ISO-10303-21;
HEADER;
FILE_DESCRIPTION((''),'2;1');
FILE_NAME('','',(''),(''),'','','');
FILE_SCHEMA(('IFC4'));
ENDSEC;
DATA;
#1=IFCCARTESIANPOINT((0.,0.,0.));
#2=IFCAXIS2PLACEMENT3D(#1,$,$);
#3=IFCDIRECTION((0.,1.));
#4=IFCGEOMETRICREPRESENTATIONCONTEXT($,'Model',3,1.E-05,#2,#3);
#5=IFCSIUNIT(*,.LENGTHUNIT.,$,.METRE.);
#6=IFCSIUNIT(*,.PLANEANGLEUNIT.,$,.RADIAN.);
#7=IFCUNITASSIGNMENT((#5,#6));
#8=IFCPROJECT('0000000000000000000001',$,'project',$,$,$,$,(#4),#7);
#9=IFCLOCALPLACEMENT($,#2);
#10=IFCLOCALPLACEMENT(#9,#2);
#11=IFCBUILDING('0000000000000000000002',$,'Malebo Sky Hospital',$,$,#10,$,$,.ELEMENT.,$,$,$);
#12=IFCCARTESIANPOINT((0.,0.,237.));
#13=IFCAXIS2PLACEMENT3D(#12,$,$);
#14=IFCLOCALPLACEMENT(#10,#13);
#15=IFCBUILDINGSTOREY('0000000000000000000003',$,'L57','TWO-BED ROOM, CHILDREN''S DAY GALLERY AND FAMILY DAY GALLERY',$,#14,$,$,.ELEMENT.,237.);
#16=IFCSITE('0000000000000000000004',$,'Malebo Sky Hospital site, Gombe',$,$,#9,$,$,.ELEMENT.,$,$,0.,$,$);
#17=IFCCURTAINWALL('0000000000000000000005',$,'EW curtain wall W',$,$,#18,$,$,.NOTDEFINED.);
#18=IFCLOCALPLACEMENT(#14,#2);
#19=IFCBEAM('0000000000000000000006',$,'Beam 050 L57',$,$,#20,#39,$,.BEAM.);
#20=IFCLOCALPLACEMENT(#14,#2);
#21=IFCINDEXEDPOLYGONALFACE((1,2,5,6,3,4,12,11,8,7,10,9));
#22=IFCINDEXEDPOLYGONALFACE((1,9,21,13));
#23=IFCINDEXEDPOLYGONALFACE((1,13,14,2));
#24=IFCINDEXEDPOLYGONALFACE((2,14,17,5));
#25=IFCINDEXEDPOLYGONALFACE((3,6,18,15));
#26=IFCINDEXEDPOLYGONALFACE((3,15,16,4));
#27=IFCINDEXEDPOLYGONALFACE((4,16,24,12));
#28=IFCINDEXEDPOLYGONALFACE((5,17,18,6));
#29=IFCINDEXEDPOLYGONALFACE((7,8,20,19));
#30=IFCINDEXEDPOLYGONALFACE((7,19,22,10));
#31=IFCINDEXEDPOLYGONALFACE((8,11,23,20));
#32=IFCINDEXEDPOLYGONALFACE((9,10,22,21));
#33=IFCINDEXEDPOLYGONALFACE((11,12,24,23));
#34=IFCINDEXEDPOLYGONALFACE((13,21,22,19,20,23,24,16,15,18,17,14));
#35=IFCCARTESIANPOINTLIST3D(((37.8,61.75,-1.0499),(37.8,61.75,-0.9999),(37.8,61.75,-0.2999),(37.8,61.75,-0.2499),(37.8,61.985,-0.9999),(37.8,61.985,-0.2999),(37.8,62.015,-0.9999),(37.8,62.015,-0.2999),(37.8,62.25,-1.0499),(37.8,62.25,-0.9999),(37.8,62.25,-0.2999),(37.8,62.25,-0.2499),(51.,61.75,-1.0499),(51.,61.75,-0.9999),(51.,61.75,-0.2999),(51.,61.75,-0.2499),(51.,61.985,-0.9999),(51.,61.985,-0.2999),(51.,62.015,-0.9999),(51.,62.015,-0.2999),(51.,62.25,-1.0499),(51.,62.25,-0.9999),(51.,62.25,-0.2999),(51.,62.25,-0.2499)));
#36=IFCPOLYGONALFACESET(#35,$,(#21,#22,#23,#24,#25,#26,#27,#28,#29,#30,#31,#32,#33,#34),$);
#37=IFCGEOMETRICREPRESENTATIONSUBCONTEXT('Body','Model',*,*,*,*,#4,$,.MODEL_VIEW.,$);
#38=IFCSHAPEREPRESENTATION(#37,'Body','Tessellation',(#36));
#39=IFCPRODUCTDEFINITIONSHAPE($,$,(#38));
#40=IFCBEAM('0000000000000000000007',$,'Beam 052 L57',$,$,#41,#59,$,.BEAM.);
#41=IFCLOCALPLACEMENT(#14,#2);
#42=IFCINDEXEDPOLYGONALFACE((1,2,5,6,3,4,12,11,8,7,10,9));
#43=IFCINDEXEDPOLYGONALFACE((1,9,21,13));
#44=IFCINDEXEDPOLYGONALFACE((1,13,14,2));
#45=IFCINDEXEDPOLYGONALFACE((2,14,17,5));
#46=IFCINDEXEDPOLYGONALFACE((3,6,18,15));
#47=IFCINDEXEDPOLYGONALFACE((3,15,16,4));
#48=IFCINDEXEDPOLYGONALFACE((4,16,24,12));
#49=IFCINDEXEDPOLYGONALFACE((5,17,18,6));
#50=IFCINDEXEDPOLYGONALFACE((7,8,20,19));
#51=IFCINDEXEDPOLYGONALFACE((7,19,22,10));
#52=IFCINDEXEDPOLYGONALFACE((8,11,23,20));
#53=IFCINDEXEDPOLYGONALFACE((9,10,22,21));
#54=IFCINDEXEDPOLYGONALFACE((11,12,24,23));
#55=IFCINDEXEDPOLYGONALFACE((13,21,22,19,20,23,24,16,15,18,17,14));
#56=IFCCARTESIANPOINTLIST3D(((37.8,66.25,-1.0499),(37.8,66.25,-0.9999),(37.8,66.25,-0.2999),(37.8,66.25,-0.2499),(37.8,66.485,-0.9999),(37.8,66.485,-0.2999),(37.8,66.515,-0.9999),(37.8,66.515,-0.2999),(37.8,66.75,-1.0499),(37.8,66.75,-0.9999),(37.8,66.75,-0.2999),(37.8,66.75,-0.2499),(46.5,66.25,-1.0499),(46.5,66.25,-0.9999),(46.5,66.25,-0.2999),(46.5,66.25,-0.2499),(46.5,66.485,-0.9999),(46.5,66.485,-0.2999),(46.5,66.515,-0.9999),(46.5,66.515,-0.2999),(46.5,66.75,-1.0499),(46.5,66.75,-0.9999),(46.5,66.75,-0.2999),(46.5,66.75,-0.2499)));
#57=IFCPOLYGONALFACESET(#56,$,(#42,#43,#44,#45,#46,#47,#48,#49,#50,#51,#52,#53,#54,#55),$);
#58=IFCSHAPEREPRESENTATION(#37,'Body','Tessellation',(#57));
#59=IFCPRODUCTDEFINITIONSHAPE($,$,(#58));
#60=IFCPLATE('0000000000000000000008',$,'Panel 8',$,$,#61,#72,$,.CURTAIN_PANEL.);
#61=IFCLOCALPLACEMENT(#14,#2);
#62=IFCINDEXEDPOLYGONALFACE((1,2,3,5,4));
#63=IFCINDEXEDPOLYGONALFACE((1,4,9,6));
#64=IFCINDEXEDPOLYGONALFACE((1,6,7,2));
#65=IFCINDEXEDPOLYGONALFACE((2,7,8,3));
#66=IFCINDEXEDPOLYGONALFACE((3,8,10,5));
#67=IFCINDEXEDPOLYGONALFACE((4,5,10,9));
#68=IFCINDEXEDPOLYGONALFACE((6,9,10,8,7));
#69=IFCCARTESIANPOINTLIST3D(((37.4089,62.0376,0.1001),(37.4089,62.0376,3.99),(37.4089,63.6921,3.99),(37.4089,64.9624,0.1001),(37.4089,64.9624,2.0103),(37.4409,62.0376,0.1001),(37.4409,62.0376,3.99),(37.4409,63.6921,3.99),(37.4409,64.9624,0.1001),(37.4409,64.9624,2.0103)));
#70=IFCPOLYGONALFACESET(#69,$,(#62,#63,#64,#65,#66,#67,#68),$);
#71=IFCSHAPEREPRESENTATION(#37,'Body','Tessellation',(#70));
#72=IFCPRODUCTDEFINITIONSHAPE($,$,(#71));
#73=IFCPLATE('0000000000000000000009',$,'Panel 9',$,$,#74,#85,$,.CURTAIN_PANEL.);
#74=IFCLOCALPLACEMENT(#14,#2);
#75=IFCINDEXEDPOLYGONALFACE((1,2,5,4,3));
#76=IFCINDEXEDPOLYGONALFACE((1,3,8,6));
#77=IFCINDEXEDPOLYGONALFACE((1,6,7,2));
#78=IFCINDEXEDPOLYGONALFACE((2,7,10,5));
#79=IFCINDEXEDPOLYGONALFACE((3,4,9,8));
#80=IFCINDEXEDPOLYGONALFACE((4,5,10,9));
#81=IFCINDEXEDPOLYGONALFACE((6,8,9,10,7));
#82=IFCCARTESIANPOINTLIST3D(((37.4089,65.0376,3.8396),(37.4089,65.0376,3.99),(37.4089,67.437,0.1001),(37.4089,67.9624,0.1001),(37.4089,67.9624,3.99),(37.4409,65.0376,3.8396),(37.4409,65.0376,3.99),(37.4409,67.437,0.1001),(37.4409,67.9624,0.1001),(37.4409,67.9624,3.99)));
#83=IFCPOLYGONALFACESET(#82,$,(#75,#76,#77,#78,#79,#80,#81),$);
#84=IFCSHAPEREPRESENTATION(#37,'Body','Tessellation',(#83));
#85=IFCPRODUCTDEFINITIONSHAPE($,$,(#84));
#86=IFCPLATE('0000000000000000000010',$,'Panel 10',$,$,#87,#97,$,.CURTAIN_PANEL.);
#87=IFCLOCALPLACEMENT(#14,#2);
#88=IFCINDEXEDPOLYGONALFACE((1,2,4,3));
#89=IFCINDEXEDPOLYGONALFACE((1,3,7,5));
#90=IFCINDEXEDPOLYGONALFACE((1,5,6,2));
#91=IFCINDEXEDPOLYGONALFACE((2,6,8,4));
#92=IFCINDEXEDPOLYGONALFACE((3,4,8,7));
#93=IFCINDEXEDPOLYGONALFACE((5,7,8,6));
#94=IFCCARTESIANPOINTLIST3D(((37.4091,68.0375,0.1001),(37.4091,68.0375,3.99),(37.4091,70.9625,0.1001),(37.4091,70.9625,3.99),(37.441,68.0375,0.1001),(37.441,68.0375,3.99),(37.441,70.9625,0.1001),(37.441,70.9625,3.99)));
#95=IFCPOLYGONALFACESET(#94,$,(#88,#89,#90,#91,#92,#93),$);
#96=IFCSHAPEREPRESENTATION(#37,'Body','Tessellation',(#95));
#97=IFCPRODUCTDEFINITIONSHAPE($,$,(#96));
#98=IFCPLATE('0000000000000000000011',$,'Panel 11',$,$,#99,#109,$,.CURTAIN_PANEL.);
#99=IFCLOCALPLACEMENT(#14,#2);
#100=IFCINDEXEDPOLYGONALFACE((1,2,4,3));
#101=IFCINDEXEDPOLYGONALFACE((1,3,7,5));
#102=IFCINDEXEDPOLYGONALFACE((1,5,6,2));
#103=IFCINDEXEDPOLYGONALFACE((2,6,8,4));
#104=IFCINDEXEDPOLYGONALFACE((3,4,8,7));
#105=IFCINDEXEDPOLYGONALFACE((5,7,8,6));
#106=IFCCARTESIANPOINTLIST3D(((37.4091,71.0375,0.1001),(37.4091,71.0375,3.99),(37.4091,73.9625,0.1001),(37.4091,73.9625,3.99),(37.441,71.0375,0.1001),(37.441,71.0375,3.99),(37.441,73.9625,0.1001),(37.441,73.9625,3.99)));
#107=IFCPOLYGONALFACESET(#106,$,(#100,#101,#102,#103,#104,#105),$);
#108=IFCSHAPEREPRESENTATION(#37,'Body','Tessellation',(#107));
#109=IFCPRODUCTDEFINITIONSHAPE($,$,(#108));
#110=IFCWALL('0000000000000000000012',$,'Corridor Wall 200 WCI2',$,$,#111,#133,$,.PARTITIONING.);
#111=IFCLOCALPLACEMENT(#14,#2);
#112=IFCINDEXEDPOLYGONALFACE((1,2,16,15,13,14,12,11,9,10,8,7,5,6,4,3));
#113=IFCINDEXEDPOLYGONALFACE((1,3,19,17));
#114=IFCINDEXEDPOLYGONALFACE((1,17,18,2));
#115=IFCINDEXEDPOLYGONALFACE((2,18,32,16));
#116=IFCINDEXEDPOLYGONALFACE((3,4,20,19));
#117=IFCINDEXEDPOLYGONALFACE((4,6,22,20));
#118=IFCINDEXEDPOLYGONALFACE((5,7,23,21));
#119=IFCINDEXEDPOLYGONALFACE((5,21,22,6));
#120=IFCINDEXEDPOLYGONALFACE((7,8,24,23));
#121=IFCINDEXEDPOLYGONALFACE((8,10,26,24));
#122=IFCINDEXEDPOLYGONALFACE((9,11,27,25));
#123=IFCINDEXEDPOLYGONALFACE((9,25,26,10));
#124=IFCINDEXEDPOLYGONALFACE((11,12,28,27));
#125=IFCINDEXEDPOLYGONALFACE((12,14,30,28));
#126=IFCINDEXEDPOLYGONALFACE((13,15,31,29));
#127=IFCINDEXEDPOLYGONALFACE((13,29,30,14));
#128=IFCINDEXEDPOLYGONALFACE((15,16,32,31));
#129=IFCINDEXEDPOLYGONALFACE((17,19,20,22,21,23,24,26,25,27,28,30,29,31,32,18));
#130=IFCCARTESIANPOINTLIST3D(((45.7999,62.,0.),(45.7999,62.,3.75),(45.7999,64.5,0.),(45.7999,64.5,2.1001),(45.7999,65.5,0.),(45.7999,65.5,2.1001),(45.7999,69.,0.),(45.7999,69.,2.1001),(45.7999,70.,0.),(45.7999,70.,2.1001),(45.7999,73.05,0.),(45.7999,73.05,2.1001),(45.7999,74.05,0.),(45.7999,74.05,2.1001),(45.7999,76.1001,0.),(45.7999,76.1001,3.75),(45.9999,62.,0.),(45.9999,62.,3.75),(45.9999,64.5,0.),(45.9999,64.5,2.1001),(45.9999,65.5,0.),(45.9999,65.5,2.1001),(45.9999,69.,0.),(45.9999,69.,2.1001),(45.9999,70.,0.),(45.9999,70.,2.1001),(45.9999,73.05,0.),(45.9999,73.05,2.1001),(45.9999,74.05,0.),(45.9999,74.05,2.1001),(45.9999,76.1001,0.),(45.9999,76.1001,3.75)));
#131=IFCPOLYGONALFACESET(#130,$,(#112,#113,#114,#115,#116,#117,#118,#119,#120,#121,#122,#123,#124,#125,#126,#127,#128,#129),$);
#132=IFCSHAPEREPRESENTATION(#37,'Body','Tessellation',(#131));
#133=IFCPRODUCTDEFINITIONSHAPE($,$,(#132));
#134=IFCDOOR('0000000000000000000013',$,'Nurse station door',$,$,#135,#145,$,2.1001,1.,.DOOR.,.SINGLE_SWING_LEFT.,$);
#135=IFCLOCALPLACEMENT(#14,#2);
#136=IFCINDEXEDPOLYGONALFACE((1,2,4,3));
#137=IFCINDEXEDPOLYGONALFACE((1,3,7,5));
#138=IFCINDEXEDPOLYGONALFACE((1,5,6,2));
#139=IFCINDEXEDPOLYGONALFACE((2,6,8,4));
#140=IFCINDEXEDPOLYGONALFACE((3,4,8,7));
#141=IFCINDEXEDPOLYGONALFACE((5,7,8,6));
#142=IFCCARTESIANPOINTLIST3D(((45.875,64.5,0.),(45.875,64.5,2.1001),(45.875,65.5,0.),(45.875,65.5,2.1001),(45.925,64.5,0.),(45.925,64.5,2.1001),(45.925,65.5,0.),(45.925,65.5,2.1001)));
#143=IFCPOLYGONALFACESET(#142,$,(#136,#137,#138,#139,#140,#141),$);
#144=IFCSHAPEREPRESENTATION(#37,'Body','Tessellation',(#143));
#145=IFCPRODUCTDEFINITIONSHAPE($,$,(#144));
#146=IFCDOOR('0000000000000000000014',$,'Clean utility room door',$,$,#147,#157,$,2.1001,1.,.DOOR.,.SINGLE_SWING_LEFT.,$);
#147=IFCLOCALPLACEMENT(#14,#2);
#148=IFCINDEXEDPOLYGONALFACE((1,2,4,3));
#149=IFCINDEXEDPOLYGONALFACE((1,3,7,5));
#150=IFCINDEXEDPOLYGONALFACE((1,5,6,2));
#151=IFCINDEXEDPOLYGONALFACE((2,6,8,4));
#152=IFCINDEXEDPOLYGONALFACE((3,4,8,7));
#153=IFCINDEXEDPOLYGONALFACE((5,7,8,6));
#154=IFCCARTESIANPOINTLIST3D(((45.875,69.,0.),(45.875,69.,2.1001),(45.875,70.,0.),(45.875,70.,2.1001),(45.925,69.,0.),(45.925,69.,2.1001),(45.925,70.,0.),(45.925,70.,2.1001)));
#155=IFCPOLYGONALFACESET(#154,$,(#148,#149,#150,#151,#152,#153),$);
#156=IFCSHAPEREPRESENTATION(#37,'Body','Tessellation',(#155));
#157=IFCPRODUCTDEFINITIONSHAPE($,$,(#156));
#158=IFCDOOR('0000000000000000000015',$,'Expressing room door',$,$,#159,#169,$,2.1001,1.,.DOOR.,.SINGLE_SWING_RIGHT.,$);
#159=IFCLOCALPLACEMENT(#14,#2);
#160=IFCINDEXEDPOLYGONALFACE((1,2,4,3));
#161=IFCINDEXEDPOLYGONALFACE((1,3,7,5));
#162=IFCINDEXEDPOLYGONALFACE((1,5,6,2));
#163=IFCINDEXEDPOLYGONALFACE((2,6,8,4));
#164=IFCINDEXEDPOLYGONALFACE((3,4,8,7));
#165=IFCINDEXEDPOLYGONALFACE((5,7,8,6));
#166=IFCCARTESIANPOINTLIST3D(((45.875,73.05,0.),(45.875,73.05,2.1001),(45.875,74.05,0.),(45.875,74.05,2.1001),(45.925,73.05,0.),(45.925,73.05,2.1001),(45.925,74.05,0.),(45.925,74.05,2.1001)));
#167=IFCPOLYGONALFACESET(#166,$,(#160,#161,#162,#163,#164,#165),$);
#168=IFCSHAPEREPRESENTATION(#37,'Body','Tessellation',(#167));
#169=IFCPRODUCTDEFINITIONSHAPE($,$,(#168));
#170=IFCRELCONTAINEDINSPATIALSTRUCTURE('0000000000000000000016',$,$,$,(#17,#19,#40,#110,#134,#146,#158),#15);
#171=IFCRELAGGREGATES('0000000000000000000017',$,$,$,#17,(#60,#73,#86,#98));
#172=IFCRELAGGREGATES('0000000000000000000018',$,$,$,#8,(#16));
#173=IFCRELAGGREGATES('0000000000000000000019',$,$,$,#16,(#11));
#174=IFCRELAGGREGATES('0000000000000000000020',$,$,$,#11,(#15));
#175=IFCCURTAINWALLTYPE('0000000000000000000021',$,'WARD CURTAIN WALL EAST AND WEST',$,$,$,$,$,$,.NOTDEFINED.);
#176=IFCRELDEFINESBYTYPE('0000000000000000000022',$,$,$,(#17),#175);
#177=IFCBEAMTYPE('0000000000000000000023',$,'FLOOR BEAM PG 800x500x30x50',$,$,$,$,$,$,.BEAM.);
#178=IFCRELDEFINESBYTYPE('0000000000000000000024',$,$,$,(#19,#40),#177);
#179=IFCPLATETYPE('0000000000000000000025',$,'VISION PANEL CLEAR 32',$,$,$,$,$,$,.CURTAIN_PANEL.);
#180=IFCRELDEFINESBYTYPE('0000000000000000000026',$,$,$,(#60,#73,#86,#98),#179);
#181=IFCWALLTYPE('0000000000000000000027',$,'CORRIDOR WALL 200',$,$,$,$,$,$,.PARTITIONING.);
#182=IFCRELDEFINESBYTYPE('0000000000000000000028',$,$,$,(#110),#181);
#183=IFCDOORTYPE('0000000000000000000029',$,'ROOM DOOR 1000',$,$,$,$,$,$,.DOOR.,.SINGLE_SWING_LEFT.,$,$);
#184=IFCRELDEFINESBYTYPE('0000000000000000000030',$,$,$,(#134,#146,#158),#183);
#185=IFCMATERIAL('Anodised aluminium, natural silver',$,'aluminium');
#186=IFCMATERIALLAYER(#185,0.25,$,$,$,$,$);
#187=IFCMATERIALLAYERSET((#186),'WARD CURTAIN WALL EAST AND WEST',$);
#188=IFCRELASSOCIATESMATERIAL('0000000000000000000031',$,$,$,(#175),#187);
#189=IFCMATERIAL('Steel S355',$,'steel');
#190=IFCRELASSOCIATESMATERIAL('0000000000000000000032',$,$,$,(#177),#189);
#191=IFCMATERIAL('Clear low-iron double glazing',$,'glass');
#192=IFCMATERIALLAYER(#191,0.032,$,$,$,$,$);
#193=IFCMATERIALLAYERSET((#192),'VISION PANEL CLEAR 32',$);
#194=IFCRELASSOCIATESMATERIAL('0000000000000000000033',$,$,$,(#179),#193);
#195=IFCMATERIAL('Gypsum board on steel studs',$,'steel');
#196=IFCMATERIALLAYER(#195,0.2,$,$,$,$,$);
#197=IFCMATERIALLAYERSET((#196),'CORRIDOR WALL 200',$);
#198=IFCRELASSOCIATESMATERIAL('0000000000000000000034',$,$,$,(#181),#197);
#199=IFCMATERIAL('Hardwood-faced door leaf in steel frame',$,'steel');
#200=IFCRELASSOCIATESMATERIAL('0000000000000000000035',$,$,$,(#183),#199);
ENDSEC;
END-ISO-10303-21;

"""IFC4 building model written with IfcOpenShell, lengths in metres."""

from ifc_helpers import new_model, si_unit, direction, frame, frame_2d, origin, origin_2d, place, context, subcontext, project, spatial, polyline, rectangle, i_section, outline, extrude, material, layer, layer_set, material_profile, profile_set, type_object, element, fill, aggregate, save


model = new_model("IFC4")

# Units and contexts
model_context = context("Model", 3, precision=1e-05, world=origin(), true_north=direction((0.0, 1.0)))
body_context = subcontext(model_context, "Body", "Model", "MODEL_VIEW")
ifc_project = project(units=[si_unit("LENGTHUNIT", "METRE"), si_unit("PLANEANGLEUNIT", "RADIAN")], contexts=[model_context])

# Site, building, storey
site_placement = place(None, origin())
site = spatial("IfcSite", under=ifc_project, at=site_placement, Name="Malebo Sky Hospital site, Gombe", CompositionType="ELEMENT", RefElevation=0.0)
building_placement = place(site_placement, origin())
building = spatial("IfcBuilding", under=site, at=building_placement, Name="Malebo Sky Hospital", CompositionType="ELEMENT")
storey_placement = place(building_placement, frame((0.0, 0.0, 237.0)))
storey = spatial("IfcBuildingStorey", under=building, at=storey_placement, Name="L57", Description="TWO-BED ROOM, CHILDREN'S DAY GALLERY AND FAMILY DAY GALLERY", CompositionType="ELEMENT", Elevation=237.0)

# Curtain wall
ifc_material_1 = material(Name="Anodised aluminium, natural silver", Category="aluminium")
ifc_layer_1 = layer(ifc_material_1, 0.25)
ifc_layer_set_1 = layer_set([ifc_layer_1], Name="WARD CURTAIN WALL EAST AND WEST")
curtain_wall_type = type_object("IfcCurtainWallType", Name="WARD CURTAIN WALL EAST AND WEST", PredefinedType="NOTDEFINED", material=ifc_layer_set_1)
curtain_wall_placement = place(storey_placement, origin())
curtain_wall = element("IfcCurtainWall", 1, at=curtain_wall_placement, inside=storey, type_object=curtain_wall_type, Name="EW curtain wall W", PredefinedType="NOTDEFINED")

# Shared definitions
ifc_material_2 = material(Name="Steel S355", Category="steel")

# Beams
ifc_material_profile_1 = material_profile(ifc_material_2, i_section(OverallWidth=0.5, OverallDepth=0.8, WebThickness=0.03, FlangeThickness=0.05, at=origin_2d()), Name="PG 800x500x30x50")
ifc_profile_set_1 = profile_set([ifc_material_profile_1], Name="Steel S355")
beam_type_1 = type_object("IfcBeamType", Name="FLOOR BEAM PG 800x500x30x50", PredefinedType="BEAM", material=ifc_profile_set_1)
beam_1_placement = place(storey_placement, frame((37.8, 62.0, -0.6499), z_axis=(1.0, 0.0, 0.0), x_axis=(0.0, 1.0, 0.0)))
element("IfcBeam", 2, at=beam_1_placement, inside=storey, type_object=beam_type_1, Name="Beam 050 L57", PredefinedType="BEAM", context=body_context, shape_type="SweptSolid", body=[
    extrude(i_section(OverallWidth=0.5, OverallDepth=0.8, WebThickness=0.03, FlangeThickness=0.05, at=origin_2d()), origin(), (0.0, 0.0, 1.0), 13.2),
])
beam_2_placement = place(storey_placement, frame((37.8, 66.5, -0.6499), z_axis=(1.0, 0.0, 0.0), x_axis=(0.0, 1.0, 0.0)))
element("IfcBeam", 3, at=beam_2_placement, inside=storey, type_object=beam_type_1, Name="Beam 052 L57", PredefinedType="BEAM", context=body_context, shape_type="SweptSolid", body=[
    extrude(i_section(OverallWidth=0.5, OverallDepth=0.8, WebThickness=0.03, FlangeThickness=0.05, at=origin_2d()), origin(), (0.0, 0.0, 1.0), 8.7),
])

# Plates
ifc_material_3 = material(Name="Clear low-iron double glazing", Category="glass")
ifc_layer_2 = layer(ifc_material_3, 0.032)
ifc_layer_set_2 = layer_set([ifc_layer_2], Name="VISION PANEL CLEAR 32")
plate_type = type_object("IfcPlateType", Name="VISION PANEL CLEAR 32", PredefinedType="CURTAIN_PANEL", material=ifc_layer_set_2)
plate_1_placement = place(storey_placement, frame((37.425, 63.5, 0.1001), z_axis=(0.0, 0.0, 1.0), x_axis=(0.0, 1.0, 0.0)))
plate_1 = element("IfcPlate", 4, at=plate_1_placement, type_object=plate_type, Name="Panel 8", PredefinedType="CURTAIN_PANEL", context=body_context, shape_type="SweptSolid", body=[
    extrude(outline(polyline([(-1.4624, 0.0), (1.4624, 0.0), (1.4624, 1.9102), (0.1921, 3.8899), (-1.4624, 3.8899), (-1.4624, 0.0)])), frame((0.0, 0.0161, 0.0), z_axis=(0.0, -1.0, 0.0), x_axis=(1.0, 0.0, 0.0)), (0.0, 0.0, 1.0), 0.032),
])
plate_2_placement = place(storey_placement, frame((37.425, 66.5, 0.1001), z_axis=(0.0, 0.0, 1.0), x_axis=(0.0, 1.0, 0.0)))
plate_2 = element("IfcPlate", 5, at=plate_2_placement, type_object=plate_type, Name="Panel 9", PredefinedType="CURTAIN_PANEL", context=body_context, shape_type="SweptSolid", body=[
    extrude(outline(polyline([(0.937, 0.0), (1.4624, 0.0), (1.4624, 3.8899), (-1.4624, 3.8899), (-1.4624, 3.7395), (0.937, 0.0)])), frame((0.0, 0.0161, 0.0), z_axis=(0.0, -1.0, 0.0), x_axis=(1.0, 0.0, 0.0)), (0.0, 0.0, 1.0), 0.032),
])
plate_3_placement = place(storey_placement, frame((37.425, 69.5, 0.1001), z_axis=(0.0, 0.0, 1.0), x_axis=(0.0, 1.0, 0.0)))
plate_3 = element("IfcPlate", 6, at=plate_3_placement, type_object=plate_type, Name="Panel 10", PredefinedType="CURTAIN_PANEL", context=body_context, shape_type="SweptSolid", body=[
    extrude(rectangle(XDim=2.925, YDim=0.032, at=origin_2d()), origin(), (0.0, 0.0, 1.0), 3.8899),
])
plate_4_placement = place(storey_placement, frame((37.425, 72.5, 0.1001), z_axis=(0.0, 0.0, 1.0), x_axis=(0.0, 1.0, 0.0)))
plate_4 = element("IfcPlate", 7, at=plate_4_placement, type_object=plate_type, Name="Panel 11", PredefinedType="CURTAIN_PANEL", context=body_context, shape_type="SweptSolid", body=[
    extrude(rectangle(XDim=2.925, YDim=0.032, at=origin_2d()), origin(), (0.0, 0.0, 1.0), 3.8899),
])
aggregate(curtain_wall, [plate_1, plate_2, plate_3, plate_4])

# Wall, openings, doors
ifc_material_4 = material(Name="Gypsum board on steel studs", Category="steel")
ifc_layer_3 = layer(ifc_material_4, 0.2)
ifc_layer_set_3 = layer_set([ifc_layer_3], Name="CORRIDOR WALL 200")
wall_type_1 = type_object("IfcWallType", Name="CORRIDOR WALL 200", PredefinedType="PARTITIONING", material=ifc_layer_set_3)
wall_1_placement = place(storey_placement, frame((45.8999, 62.0, 0.0), z_axis=(0.0, 0.0, 1.0), x_axis=(0.0, 1.0, 0.0)))
wall_1 = element("IfcWall", 8, at=wall_1_placement, inside=storey, type_object=wall_type_1, Name="Corridor Wall 200 WCI2", PredefinedType="PARTITIONING", context=body_context, shape_type="SweptSolid", body=[
    extrude(rectangle(XDim=14.1001, YDim=0.2, at=frame_2d((7.05, 0.0))), origin(), (0.0, 0.0, 1.0), 3.75),
])
opening_1_placement = place(wall_1_placement, frame((2.5, 0.0, 0.0)))
opening_1 = element("IfcOpeningElement", 9, at=opening_1_placement, cuts=wall_1, PredefinedType="OPENING", context=body_context, shape_type="SweptSolid", body=[
    extrude(rectangle(XDim=1.0, YDim=2.1001, at=frame_2d((0.5, 1.05))), frame((0.0, 0.1099, 0.0), z_axis=(0.0, -1.0, 0.0), x_axis=(1.0, 0.0, 0.0)), (0.0, 0.0, 1.0), 0.22),
])
opening_2_placement = place(wall_1_placement, frame((7.0, 0.0, 0.0)))
opening_2 = element("IfcOpeningElement", 10, at=opening_2_placement, cuts=wall_1, PredefinedType="OPENING", context=body_context, shape_type="SweptSolid", body=[
    extrude(rectangle(XDim=1.0, YDim=2.1001, at=frame_2d((0.5, 1.05))), frame((0.0, 0.1099, 0.0), z_axis=(0.0, -1.0, 0.0), x_axis=(1.0, 0.0, 0.0)), (0.0, 0.0, 1.0), 0.22),
])
opening_3_placement = place(wall_1_placement, frame((11.05, 0.0, 0.0)))
opening_3 = element("IfcOpeningElement", 11, at=opening_3_placement, cuts=wall_1, PredefinedType="OPENING", context=body_context, shape_type="SweptSolid", body=[
    extrude(rectangle(XDim=1.0, YDim=2.1001, at=frame_2d((0.5, 1.05))), frame((0.0, 0.1099, 0.0), z_axis=(0.0, -1.0, 0.0), x_axis=(1.0, 0.0, 0.0)), (0.0, 0.0, 1.0), 0.22),
])
ifc_material_5 = material(Name="Hardwood-faced door leaf in steel frame", Category="steel")
door_type_1 = type_object("IfcDoorType", Name="ROOM DOOR 1000", OperationType="SINGLE_SWING_LEFT", PredefinedType="DOOR", material=ifc_material_5)
door_1_placement = place(opening_1_placement, origin())
door_1 = element("IfcDoor", 12, at=door_1_placement, inside=storey, type_object=door_type_1, Name="Nurse station door", OperationType="SINGLE_SWING_LEFT", OverallHeight=2.1001, OverallWidth=1.0, PredefinedType="DOOR", context=body_context, shape_type="SweptSolid", body=[
    extrude(rectangle(XDim=1.0, YDim=2.1001, at=frame_2d((0.5, 1.05))), frame((0.0, 0.0249, 0.0), z_axis=(0.0, -1.0, 0.0), x_axis=(1.0, 0.0, 0.0)), (0.0, 0.0, 1.0), 0.05),
])
fill(opening_1, door_1)
door_2_placement = place(opening_2_placement, origin())
door_2 = element("IfcDoor", 13, at=door_2_placement, inside=storey, type_object=door_type_1, Name="Clean utility room door", OperationType="SINGLE_SWING_LEFT", OverallHeight=2.1001, OverallWidth=1.0, PredefinedType="DOOR", context=body_context, shape_type="SweptSolid", body=[
    extrude(rectangle(XDim=1.0, YDim=2.1001, at=frame_2d((0.5, 1.05))), frame((0.0, 0.0249, 0.0), z_axis=(0.0, -1.0, 0.0), x_axis=(1.0, 0.0, 0.0)), (0.0, 0.0, 1.0), 0.05),
])
fill(opening_2, door_2)
door_3_placement = place(opening_3_placement, origin())
door_3 = element("IfcDoor", 14, at=door_3_placement, inside=storey, type_object=door_type_1, Name="Expressing room door", OperationType="SINGLE_SWING_RIGHT", OverallHeight=2.1001, OverallWidth=1.0, PredefinedType="DOOR", context=body_context, shape_type="SweptSolid", body=[
    extrude(rectangle(XDim=1.0, YDim=2.1001, at=frame_2d((0.5, 1.05))), frame((0.0, 0.0249, 0.0), z_axis=(0.0, -1.0, 0.0), x_axis=(1.0, 0.0, 0.0)), (0.0, 0.0, 1.0), 0.05),
])
fill(opening_3, door_3)

save(model, "model.ifc")
